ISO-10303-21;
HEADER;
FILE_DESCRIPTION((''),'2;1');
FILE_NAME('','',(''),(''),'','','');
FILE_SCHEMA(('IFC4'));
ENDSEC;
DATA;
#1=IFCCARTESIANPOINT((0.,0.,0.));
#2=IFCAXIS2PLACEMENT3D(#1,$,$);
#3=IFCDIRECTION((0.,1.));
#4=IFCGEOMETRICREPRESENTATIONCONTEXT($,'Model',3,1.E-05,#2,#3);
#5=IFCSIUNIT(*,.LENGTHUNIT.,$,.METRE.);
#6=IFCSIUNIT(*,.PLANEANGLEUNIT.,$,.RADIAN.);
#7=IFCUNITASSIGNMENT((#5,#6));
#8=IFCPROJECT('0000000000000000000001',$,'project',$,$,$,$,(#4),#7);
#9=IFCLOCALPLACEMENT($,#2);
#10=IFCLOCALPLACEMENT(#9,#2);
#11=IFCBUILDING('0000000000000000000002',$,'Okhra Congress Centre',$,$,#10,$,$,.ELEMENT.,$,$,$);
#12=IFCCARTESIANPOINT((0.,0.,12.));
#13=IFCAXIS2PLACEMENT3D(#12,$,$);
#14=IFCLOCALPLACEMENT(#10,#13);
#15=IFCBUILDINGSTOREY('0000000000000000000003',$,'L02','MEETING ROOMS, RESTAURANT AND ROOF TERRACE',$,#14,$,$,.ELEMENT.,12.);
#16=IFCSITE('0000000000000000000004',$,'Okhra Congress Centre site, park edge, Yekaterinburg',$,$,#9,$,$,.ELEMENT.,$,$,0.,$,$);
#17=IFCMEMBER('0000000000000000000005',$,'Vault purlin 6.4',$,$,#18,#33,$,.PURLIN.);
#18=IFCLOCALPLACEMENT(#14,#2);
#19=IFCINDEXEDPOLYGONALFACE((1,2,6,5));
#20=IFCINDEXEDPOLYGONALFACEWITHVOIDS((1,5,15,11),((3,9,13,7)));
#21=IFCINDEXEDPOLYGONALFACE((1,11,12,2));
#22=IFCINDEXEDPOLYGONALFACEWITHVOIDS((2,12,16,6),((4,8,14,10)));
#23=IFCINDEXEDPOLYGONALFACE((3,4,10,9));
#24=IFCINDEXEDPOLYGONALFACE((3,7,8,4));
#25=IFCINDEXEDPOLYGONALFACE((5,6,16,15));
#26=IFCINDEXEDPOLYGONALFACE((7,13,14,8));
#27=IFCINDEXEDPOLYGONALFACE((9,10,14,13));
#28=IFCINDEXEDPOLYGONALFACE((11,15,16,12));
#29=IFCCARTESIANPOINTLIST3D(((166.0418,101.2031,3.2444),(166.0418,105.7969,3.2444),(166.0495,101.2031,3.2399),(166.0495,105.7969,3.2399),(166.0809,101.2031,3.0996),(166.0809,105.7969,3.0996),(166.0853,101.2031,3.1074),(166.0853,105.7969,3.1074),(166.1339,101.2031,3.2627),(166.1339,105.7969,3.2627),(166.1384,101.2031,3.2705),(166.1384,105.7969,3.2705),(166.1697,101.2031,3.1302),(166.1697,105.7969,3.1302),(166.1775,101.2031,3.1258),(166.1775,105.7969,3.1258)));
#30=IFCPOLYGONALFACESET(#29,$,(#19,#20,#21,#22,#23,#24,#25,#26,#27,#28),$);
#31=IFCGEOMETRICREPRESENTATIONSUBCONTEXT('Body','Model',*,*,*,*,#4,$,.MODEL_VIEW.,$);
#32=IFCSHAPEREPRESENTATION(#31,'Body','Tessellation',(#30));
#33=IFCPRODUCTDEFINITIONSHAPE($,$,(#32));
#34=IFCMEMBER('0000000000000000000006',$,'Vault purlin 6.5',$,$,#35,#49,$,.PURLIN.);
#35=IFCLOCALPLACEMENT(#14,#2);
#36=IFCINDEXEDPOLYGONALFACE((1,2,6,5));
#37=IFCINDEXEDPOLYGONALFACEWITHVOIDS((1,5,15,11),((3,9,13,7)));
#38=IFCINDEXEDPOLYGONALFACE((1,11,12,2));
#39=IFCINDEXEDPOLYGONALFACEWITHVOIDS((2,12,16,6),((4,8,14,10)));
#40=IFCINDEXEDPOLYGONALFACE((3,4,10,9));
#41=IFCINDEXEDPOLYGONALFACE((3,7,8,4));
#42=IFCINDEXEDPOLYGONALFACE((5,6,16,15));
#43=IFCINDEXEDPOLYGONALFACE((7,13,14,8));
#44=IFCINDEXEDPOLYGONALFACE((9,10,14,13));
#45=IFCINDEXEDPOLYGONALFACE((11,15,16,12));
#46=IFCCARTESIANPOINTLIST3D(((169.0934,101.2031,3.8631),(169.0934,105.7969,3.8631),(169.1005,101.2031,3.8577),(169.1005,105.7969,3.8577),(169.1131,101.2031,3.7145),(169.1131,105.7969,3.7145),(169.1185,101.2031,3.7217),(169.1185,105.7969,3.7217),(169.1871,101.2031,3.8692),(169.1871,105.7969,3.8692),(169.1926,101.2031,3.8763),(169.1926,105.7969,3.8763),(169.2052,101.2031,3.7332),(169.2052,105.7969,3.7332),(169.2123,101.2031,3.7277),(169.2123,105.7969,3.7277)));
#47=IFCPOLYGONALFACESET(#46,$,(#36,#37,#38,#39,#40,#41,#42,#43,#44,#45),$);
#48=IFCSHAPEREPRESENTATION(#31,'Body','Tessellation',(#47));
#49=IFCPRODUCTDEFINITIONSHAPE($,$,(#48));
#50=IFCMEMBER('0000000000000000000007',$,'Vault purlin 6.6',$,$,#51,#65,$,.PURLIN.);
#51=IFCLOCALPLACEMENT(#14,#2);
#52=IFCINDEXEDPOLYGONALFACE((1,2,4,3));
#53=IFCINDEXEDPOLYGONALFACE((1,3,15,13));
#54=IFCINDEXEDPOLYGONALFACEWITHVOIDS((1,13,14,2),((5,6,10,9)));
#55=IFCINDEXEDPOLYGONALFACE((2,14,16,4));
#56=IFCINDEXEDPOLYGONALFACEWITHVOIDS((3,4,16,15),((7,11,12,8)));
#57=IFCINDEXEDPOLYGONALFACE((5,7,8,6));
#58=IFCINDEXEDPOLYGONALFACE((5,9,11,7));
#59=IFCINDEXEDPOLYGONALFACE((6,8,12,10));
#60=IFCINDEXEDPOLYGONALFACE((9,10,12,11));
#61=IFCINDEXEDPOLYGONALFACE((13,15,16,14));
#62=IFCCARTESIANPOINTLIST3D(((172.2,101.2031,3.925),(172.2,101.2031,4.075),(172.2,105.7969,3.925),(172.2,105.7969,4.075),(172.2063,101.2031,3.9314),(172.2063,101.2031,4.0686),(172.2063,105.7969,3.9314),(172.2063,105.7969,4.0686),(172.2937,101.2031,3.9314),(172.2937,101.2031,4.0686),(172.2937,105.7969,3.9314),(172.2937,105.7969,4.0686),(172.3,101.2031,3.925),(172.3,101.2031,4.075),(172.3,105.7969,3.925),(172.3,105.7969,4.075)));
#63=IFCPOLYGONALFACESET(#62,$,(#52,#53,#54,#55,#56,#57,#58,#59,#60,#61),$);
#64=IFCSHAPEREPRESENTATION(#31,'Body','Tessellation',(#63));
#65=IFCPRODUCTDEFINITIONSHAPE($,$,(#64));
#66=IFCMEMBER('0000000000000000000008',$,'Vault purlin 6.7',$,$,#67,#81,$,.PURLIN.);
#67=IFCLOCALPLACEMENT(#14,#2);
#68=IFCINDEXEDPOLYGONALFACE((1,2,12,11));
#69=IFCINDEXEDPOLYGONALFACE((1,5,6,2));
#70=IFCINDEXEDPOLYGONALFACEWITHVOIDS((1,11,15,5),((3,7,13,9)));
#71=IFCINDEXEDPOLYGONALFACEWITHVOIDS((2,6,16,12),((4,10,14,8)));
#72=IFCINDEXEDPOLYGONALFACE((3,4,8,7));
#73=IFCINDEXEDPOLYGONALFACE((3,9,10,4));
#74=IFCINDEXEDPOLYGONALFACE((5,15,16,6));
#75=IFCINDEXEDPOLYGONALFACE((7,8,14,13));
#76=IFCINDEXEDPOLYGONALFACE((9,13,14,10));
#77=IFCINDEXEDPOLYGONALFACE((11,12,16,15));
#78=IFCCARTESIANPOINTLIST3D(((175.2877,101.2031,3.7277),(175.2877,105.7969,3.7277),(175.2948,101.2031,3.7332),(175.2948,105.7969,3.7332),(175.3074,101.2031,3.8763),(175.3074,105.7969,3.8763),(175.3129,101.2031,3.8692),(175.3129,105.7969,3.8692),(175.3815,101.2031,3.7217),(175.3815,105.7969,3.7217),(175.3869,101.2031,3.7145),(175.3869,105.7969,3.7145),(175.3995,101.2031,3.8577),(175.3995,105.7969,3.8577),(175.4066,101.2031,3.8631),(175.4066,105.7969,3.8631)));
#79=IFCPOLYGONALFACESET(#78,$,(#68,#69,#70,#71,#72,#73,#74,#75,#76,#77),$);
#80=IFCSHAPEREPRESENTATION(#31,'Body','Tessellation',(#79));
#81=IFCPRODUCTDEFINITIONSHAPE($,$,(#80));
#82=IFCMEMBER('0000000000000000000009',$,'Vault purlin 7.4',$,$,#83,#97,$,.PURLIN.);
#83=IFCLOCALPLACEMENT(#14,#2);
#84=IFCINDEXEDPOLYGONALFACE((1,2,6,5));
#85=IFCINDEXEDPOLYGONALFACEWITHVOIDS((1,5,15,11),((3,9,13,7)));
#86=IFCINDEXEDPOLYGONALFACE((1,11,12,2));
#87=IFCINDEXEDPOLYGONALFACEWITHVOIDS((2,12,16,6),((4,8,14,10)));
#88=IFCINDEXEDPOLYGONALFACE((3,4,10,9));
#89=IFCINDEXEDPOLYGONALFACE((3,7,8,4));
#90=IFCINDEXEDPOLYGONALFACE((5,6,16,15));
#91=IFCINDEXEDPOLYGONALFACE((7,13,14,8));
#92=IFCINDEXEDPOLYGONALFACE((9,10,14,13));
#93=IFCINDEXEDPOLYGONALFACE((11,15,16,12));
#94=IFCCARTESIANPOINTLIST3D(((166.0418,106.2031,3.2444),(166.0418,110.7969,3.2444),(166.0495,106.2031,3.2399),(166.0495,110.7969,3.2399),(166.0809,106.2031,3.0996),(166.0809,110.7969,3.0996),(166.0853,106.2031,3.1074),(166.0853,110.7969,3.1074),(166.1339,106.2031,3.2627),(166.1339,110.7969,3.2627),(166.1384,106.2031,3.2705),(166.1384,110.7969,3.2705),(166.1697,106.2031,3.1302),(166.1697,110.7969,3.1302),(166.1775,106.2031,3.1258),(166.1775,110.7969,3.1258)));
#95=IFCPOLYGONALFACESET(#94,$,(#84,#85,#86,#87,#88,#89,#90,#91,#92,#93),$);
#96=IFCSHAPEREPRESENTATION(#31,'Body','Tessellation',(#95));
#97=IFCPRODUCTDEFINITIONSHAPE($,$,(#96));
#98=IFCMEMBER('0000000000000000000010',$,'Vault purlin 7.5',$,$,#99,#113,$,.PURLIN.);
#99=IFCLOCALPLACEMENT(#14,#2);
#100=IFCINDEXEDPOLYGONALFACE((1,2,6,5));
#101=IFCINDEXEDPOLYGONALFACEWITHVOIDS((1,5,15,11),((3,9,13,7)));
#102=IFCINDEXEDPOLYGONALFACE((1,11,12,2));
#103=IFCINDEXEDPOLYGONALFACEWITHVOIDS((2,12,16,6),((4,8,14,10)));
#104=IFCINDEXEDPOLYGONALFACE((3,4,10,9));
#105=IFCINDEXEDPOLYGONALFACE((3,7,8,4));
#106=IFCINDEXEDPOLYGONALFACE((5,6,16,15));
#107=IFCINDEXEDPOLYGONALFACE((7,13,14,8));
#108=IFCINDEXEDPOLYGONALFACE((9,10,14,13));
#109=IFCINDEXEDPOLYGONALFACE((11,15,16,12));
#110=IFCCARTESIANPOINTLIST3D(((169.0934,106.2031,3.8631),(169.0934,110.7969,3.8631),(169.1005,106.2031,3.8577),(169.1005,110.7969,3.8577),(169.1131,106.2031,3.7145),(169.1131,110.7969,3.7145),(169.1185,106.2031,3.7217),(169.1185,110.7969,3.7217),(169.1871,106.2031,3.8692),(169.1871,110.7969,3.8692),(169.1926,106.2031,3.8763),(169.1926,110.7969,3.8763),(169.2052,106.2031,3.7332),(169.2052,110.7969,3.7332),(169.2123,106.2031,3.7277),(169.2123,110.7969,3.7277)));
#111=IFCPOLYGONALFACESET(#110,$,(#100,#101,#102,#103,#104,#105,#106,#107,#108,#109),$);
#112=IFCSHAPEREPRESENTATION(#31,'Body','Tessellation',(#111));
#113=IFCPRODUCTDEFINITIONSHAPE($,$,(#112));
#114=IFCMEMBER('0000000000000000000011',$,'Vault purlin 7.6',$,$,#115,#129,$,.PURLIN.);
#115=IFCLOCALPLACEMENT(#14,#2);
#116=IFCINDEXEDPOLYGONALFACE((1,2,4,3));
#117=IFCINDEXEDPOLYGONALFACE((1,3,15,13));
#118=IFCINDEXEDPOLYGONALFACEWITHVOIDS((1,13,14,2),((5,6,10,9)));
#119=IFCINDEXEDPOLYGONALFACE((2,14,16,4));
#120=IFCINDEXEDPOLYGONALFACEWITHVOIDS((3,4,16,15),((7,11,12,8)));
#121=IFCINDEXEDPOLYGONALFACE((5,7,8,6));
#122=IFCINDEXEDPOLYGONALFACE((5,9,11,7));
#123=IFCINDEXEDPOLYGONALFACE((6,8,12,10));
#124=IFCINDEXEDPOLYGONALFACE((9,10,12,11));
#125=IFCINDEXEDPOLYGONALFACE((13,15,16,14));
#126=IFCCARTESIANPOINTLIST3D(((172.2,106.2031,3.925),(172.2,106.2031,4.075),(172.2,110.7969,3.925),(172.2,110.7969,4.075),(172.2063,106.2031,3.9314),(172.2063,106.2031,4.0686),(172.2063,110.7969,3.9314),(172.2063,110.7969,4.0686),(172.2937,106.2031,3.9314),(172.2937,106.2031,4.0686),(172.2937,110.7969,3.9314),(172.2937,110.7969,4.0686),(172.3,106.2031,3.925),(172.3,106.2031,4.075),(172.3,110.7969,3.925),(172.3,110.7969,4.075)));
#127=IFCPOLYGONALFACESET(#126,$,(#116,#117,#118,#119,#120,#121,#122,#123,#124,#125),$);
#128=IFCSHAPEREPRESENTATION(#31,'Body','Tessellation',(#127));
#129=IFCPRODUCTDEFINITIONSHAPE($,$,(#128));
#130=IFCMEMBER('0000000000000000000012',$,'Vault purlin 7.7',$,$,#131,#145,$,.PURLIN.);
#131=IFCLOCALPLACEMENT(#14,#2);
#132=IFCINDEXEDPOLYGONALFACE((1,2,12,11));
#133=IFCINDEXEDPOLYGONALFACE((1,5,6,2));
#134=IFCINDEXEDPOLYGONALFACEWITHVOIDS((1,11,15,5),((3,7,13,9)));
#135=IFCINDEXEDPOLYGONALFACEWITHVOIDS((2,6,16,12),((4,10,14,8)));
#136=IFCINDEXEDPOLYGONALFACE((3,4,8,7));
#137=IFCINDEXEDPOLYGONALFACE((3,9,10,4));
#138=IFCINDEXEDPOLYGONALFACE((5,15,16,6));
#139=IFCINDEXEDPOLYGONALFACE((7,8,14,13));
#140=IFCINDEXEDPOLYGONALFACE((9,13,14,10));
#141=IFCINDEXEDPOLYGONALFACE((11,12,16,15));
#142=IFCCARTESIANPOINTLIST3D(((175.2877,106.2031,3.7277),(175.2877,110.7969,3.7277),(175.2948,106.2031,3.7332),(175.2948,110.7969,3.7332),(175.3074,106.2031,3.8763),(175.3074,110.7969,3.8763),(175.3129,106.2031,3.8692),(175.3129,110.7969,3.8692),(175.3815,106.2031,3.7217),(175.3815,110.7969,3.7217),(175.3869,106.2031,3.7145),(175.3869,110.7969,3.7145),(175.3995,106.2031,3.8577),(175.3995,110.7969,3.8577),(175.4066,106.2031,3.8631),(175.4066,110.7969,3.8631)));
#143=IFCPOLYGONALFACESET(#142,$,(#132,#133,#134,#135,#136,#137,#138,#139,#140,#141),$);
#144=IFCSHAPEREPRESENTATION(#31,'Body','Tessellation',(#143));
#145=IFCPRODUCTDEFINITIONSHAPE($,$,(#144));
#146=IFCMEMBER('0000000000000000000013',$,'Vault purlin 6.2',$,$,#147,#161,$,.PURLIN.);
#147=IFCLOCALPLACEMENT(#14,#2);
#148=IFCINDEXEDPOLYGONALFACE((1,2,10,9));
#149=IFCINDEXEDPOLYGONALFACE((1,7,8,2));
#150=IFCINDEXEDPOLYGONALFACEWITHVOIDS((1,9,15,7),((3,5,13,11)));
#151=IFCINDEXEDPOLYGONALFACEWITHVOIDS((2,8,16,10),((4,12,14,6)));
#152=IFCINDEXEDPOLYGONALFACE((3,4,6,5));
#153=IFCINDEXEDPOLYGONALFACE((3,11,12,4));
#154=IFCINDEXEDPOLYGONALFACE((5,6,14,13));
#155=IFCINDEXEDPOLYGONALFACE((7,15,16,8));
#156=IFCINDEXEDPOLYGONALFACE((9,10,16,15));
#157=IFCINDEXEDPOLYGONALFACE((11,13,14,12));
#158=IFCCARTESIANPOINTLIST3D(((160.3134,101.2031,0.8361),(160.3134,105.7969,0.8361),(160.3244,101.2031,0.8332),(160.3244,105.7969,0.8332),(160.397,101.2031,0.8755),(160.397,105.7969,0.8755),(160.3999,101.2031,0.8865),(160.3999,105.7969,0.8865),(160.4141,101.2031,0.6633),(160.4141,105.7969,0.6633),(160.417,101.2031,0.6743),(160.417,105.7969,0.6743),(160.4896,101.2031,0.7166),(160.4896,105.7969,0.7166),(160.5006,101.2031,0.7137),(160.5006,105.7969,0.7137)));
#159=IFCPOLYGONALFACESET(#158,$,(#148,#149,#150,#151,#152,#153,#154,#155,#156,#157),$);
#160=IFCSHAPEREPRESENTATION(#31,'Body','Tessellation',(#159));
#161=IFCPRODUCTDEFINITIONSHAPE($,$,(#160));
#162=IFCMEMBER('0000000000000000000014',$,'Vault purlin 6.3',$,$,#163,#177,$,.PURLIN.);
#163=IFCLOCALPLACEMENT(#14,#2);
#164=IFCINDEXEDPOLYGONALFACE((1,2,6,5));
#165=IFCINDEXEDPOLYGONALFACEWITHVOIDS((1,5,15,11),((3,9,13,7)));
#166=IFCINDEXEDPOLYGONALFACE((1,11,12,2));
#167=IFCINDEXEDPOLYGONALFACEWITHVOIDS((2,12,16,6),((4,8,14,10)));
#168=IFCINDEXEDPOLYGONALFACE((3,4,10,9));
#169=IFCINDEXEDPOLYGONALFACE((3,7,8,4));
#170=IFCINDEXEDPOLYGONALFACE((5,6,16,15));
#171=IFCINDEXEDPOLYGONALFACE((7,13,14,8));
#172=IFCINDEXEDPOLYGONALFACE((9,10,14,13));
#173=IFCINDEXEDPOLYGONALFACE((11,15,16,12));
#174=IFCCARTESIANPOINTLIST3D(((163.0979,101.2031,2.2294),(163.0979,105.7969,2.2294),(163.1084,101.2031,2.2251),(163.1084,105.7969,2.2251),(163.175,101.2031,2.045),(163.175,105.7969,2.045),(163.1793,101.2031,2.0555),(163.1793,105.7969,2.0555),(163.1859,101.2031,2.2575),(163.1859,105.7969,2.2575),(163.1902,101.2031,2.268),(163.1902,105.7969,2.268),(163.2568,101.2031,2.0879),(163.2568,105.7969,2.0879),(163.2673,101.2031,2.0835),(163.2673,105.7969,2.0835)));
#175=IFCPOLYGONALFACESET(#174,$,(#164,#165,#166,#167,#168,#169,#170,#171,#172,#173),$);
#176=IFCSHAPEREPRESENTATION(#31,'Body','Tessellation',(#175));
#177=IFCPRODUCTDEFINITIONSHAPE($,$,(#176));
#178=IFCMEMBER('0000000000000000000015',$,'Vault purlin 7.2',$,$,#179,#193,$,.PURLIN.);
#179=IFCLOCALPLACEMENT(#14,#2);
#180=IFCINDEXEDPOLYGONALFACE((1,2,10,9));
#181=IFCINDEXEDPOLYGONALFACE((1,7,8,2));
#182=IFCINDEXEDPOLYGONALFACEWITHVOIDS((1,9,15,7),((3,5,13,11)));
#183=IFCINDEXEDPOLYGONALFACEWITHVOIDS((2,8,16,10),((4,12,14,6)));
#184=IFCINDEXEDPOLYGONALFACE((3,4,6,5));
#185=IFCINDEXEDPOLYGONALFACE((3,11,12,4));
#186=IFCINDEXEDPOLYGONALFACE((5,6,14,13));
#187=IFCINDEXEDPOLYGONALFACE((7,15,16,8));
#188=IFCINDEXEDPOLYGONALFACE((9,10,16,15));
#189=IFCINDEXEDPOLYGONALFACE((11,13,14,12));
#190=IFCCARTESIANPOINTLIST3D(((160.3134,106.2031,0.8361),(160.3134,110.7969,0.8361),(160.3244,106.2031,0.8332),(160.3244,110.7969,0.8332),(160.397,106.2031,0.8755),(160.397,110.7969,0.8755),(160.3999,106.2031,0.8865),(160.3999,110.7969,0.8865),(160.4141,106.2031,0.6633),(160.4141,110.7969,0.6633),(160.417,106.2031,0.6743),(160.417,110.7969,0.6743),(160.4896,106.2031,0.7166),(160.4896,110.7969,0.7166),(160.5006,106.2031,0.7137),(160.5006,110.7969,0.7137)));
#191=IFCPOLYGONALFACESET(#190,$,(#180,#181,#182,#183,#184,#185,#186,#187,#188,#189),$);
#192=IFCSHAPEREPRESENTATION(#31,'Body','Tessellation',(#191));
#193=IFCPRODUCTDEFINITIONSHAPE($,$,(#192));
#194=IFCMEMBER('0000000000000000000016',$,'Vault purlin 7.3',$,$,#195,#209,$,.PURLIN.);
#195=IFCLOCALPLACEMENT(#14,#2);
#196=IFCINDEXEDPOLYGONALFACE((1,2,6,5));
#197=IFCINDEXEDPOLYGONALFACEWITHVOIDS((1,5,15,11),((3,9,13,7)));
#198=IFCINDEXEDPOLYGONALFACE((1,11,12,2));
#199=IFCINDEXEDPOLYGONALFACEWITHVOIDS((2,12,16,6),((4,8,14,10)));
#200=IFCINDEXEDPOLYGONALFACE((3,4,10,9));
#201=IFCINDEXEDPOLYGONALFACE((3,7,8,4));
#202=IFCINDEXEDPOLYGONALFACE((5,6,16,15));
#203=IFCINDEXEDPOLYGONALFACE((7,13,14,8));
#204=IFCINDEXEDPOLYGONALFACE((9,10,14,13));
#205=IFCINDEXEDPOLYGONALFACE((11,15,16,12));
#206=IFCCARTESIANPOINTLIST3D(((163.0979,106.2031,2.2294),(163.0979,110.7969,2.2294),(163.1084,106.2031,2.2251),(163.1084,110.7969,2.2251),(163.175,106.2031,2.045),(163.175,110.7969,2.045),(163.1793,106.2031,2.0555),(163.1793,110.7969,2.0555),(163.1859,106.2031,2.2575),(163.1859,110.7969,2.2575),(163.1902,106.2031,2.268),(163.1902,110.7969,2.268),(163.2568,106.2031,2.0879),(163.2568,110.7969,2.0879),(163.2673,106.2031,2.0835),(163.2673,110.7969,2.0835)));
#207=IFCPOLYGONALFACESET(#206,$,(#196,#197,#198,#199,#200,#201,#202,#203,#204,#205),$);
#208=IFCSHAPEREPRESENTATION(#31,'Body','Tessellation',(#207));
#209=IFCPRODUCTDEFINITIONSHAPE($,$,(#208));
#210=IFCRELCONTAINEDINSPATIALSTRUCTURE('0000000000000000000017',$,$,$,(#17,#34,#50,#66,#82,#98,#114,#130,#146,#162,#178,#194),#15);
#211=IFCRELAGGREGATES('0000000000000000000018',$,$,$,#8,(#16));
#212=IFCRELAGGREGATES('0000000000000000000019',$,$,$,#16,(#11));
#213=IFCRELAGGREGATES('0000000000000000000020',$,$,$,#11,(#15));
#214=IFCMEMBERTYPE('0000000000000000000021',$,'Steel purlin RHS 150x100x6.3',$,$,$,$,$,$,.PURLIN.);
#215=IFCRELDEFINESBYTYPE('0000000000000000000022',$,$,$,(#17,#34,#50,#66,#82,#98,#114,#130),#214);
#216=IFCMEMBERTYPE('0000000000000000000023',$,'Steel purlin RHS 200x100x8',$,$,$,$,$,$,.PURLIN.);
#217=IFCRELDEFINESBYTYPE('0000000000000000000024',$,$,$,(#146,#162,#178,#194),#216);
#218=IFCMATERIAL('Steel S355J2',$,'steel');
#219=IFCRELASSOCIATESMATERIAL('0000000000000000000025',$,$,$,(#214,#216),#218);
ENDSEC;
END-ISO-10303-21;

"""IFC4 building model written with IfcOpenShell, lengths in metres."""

from ifc_helpers import new_model, si_unit, direction, frame, origin, origin_2d, place, context, subcontext, project, spatial, hollow_rectangle, extrude, material, material_profile, profile_set, type_object, element, save


model = new_model("IFC4")

# Units and contexts
model_context = context("Model", 3, precision=1e-05, world=origin(), true_north=direction((0.0, 1.0)))
body_context = subcontext(model_context, "Body", "Model", "MODEL_VIEW")
ifc_project = project(units=[si_unit("LENGTHUNIT", "METRE"), si_unit("PLANEANGLEUNIT", "RADIAN")], contexts=[model_context])

# Site, building, storey
site_placement = place(None, origin())
site = spatial("IfcSite", under=ifc_project, at=site_placement, Name="Okhra Congress Centre site, park edge, Yekaterinburg", CompositionType="ELEMENT", RefElevation=0.0)
building_placement = place(site_placement, origin())
building = spatial("IfcBuilding", under=site, at=building_placement, Name="Okhra Congress Centre", CompositionType="ELEMENT")
storey_placement = place(building_placement, frame((0.0, 0.0, 12.0)))
storey = spatial("IfcBuildingStorey", under=building, at=storey_placement, Name="L02", Description="MEETING ROOMS, RESTAURANT AND ROOF TERRACE", CompositionType="ELEMENT", Elevation=12.0)

# Members
ifc_material_1 = material(Name="Steel S355J2", Category="steel")
ifc_material_profile_1 = material_profile(ifc_material_1, hollow_rectangle(XDim=0.1001, YDim=0.1499, WallThickness=0.0063, at=origin_2d()), Name="RHS 150x100x6.3")
ifc_profile_set_1 = profile_set([ifc_material_profile_1], Name="Steel S355J2")
member_type_1 = type_object("IfcMemberType", Name="Steel purlin RHS 150x100x6.3", PredefinedType="PURLIN", material=ifc_profile_set_1)
for number, where, z_axis, x_axis, name in (
    (1, (166.1096, 101.2031, 3.1851), (0.0, 1.0, 0.0), (-0.96538, 0.0, -0.260848), "Vault purlin 6.4"),
    (2, (169.1528, 101.2031, 3.7954), (0.0, 1.0, 0.0), (-0.991307, 0.0, -0.131568), "Vault purlin 6.5"),
    (3, (172.25, 101.2031, 4.0), (0.0, 1.0, 0.0), (-1.0, 0.0, 0.0), "Vault purlin 6.6"),
    (4, (175.3472, 101.2031, 3.7954), (0.0, 1.0, 0.0), (-0.991307, 0.0, 0.131568), "Vault purlin 6.7"),
    (5, (166.1096, 106.2031, 3.1851), (0.0, 1.0, 0.0), (-0.96538, 0.0, -0.260848), "Vault purlin 7.4"),
    (6, (169.1528, 106.2031, 3.7954), (0.0, 1.0, 0.0), (-0.991307, 0.0, -0.131568), "Vault purlin 7.5"),
    (7, (172.25, 106.2031, 4.0), (0.0, 1.0, 0.0), (-1.0, 0.0, 0.0), "Vault purlin 7.6"),
    (8, (175.3472, 106.2031, 3.7954), (0.0, 1.0, 0.0), (-0.991307, 0.0, 0.131568), "Vault purlin 7.7"),
):
    element("IfcMember", number, at=place(storey_placement, frame(where, z_axis=z_axis, x_axis=x_axis)), inside=storey, type_object=member_type_1, Name=name, PredefinedType="PURLIN", context=body_context, shape_type="SweptSolid", body=[
        extrude(hollow_rectangle(XDim=0.1001, YDim=0.1499, WallThickness=0.0063, at=origin_2d()), origin(), (0.0, 0.0, 1.0), 4.5938),
    ])
ifc_material_profile_2 = material_profile(ifc_material_1, hollow_rectangle(XDim=0.1001, YDim=0.2, WallThickness=0.0081, at=origin_2d()), Name="RHS 200x100x8")
ifc_profile_set_2 = profile_set([ifc_material_profile_2], Name="Steel S355J2")
member_type_2 = type_object("IfcMemberType", Name="Steel purlin RHS 200x100x8", PredefinedType="PURLIN", material=ifc_profile_set_2)
for number, where, z_axis, x_axis, name in (
    (9, (160.407, 101.2031, 0.7749), (0.0, 1.0, 0.0), (-0.863917, 0.0, -0.503634), "Vault purlin 6.2"),
    (10, (163.1826, 101.2031, 2.1565), (0.0, 1.0, 0.0), (-0.922669, 0.0, -0.385593), "Vault purlin 6.3"),
    (11, (160.407, 106.2031, 0.7749), (0.0, 1.0, 0.0), (-0.863917, 0.0, -0.503634), "Vault purlin 7.2"),
    (12, (163.1826, 106.2031, 2.1565), (0.0, 1.0, 0.0), (-0.922669, 0.0, -0.385593), "Vault purlin 7.3"),
):
    element("IfcMember", number, at=place(storey_placement, frame(where, z_axis=z_axis, x_axis=x_axis)), inside=storey, type_object=member_type_2, Name=name, PredefinedType="PURLIN", context=body_context, shape_type="SweptSolid", body=[
        extrude(hollow_rectangle(XDim=0.1001, YDim=0.2, WallThickness=0.0081, at=origin_2d()), origin(), (0.0, 0.0, 1.0), 4.5938),
    ])

save(model, "model.ifc")
